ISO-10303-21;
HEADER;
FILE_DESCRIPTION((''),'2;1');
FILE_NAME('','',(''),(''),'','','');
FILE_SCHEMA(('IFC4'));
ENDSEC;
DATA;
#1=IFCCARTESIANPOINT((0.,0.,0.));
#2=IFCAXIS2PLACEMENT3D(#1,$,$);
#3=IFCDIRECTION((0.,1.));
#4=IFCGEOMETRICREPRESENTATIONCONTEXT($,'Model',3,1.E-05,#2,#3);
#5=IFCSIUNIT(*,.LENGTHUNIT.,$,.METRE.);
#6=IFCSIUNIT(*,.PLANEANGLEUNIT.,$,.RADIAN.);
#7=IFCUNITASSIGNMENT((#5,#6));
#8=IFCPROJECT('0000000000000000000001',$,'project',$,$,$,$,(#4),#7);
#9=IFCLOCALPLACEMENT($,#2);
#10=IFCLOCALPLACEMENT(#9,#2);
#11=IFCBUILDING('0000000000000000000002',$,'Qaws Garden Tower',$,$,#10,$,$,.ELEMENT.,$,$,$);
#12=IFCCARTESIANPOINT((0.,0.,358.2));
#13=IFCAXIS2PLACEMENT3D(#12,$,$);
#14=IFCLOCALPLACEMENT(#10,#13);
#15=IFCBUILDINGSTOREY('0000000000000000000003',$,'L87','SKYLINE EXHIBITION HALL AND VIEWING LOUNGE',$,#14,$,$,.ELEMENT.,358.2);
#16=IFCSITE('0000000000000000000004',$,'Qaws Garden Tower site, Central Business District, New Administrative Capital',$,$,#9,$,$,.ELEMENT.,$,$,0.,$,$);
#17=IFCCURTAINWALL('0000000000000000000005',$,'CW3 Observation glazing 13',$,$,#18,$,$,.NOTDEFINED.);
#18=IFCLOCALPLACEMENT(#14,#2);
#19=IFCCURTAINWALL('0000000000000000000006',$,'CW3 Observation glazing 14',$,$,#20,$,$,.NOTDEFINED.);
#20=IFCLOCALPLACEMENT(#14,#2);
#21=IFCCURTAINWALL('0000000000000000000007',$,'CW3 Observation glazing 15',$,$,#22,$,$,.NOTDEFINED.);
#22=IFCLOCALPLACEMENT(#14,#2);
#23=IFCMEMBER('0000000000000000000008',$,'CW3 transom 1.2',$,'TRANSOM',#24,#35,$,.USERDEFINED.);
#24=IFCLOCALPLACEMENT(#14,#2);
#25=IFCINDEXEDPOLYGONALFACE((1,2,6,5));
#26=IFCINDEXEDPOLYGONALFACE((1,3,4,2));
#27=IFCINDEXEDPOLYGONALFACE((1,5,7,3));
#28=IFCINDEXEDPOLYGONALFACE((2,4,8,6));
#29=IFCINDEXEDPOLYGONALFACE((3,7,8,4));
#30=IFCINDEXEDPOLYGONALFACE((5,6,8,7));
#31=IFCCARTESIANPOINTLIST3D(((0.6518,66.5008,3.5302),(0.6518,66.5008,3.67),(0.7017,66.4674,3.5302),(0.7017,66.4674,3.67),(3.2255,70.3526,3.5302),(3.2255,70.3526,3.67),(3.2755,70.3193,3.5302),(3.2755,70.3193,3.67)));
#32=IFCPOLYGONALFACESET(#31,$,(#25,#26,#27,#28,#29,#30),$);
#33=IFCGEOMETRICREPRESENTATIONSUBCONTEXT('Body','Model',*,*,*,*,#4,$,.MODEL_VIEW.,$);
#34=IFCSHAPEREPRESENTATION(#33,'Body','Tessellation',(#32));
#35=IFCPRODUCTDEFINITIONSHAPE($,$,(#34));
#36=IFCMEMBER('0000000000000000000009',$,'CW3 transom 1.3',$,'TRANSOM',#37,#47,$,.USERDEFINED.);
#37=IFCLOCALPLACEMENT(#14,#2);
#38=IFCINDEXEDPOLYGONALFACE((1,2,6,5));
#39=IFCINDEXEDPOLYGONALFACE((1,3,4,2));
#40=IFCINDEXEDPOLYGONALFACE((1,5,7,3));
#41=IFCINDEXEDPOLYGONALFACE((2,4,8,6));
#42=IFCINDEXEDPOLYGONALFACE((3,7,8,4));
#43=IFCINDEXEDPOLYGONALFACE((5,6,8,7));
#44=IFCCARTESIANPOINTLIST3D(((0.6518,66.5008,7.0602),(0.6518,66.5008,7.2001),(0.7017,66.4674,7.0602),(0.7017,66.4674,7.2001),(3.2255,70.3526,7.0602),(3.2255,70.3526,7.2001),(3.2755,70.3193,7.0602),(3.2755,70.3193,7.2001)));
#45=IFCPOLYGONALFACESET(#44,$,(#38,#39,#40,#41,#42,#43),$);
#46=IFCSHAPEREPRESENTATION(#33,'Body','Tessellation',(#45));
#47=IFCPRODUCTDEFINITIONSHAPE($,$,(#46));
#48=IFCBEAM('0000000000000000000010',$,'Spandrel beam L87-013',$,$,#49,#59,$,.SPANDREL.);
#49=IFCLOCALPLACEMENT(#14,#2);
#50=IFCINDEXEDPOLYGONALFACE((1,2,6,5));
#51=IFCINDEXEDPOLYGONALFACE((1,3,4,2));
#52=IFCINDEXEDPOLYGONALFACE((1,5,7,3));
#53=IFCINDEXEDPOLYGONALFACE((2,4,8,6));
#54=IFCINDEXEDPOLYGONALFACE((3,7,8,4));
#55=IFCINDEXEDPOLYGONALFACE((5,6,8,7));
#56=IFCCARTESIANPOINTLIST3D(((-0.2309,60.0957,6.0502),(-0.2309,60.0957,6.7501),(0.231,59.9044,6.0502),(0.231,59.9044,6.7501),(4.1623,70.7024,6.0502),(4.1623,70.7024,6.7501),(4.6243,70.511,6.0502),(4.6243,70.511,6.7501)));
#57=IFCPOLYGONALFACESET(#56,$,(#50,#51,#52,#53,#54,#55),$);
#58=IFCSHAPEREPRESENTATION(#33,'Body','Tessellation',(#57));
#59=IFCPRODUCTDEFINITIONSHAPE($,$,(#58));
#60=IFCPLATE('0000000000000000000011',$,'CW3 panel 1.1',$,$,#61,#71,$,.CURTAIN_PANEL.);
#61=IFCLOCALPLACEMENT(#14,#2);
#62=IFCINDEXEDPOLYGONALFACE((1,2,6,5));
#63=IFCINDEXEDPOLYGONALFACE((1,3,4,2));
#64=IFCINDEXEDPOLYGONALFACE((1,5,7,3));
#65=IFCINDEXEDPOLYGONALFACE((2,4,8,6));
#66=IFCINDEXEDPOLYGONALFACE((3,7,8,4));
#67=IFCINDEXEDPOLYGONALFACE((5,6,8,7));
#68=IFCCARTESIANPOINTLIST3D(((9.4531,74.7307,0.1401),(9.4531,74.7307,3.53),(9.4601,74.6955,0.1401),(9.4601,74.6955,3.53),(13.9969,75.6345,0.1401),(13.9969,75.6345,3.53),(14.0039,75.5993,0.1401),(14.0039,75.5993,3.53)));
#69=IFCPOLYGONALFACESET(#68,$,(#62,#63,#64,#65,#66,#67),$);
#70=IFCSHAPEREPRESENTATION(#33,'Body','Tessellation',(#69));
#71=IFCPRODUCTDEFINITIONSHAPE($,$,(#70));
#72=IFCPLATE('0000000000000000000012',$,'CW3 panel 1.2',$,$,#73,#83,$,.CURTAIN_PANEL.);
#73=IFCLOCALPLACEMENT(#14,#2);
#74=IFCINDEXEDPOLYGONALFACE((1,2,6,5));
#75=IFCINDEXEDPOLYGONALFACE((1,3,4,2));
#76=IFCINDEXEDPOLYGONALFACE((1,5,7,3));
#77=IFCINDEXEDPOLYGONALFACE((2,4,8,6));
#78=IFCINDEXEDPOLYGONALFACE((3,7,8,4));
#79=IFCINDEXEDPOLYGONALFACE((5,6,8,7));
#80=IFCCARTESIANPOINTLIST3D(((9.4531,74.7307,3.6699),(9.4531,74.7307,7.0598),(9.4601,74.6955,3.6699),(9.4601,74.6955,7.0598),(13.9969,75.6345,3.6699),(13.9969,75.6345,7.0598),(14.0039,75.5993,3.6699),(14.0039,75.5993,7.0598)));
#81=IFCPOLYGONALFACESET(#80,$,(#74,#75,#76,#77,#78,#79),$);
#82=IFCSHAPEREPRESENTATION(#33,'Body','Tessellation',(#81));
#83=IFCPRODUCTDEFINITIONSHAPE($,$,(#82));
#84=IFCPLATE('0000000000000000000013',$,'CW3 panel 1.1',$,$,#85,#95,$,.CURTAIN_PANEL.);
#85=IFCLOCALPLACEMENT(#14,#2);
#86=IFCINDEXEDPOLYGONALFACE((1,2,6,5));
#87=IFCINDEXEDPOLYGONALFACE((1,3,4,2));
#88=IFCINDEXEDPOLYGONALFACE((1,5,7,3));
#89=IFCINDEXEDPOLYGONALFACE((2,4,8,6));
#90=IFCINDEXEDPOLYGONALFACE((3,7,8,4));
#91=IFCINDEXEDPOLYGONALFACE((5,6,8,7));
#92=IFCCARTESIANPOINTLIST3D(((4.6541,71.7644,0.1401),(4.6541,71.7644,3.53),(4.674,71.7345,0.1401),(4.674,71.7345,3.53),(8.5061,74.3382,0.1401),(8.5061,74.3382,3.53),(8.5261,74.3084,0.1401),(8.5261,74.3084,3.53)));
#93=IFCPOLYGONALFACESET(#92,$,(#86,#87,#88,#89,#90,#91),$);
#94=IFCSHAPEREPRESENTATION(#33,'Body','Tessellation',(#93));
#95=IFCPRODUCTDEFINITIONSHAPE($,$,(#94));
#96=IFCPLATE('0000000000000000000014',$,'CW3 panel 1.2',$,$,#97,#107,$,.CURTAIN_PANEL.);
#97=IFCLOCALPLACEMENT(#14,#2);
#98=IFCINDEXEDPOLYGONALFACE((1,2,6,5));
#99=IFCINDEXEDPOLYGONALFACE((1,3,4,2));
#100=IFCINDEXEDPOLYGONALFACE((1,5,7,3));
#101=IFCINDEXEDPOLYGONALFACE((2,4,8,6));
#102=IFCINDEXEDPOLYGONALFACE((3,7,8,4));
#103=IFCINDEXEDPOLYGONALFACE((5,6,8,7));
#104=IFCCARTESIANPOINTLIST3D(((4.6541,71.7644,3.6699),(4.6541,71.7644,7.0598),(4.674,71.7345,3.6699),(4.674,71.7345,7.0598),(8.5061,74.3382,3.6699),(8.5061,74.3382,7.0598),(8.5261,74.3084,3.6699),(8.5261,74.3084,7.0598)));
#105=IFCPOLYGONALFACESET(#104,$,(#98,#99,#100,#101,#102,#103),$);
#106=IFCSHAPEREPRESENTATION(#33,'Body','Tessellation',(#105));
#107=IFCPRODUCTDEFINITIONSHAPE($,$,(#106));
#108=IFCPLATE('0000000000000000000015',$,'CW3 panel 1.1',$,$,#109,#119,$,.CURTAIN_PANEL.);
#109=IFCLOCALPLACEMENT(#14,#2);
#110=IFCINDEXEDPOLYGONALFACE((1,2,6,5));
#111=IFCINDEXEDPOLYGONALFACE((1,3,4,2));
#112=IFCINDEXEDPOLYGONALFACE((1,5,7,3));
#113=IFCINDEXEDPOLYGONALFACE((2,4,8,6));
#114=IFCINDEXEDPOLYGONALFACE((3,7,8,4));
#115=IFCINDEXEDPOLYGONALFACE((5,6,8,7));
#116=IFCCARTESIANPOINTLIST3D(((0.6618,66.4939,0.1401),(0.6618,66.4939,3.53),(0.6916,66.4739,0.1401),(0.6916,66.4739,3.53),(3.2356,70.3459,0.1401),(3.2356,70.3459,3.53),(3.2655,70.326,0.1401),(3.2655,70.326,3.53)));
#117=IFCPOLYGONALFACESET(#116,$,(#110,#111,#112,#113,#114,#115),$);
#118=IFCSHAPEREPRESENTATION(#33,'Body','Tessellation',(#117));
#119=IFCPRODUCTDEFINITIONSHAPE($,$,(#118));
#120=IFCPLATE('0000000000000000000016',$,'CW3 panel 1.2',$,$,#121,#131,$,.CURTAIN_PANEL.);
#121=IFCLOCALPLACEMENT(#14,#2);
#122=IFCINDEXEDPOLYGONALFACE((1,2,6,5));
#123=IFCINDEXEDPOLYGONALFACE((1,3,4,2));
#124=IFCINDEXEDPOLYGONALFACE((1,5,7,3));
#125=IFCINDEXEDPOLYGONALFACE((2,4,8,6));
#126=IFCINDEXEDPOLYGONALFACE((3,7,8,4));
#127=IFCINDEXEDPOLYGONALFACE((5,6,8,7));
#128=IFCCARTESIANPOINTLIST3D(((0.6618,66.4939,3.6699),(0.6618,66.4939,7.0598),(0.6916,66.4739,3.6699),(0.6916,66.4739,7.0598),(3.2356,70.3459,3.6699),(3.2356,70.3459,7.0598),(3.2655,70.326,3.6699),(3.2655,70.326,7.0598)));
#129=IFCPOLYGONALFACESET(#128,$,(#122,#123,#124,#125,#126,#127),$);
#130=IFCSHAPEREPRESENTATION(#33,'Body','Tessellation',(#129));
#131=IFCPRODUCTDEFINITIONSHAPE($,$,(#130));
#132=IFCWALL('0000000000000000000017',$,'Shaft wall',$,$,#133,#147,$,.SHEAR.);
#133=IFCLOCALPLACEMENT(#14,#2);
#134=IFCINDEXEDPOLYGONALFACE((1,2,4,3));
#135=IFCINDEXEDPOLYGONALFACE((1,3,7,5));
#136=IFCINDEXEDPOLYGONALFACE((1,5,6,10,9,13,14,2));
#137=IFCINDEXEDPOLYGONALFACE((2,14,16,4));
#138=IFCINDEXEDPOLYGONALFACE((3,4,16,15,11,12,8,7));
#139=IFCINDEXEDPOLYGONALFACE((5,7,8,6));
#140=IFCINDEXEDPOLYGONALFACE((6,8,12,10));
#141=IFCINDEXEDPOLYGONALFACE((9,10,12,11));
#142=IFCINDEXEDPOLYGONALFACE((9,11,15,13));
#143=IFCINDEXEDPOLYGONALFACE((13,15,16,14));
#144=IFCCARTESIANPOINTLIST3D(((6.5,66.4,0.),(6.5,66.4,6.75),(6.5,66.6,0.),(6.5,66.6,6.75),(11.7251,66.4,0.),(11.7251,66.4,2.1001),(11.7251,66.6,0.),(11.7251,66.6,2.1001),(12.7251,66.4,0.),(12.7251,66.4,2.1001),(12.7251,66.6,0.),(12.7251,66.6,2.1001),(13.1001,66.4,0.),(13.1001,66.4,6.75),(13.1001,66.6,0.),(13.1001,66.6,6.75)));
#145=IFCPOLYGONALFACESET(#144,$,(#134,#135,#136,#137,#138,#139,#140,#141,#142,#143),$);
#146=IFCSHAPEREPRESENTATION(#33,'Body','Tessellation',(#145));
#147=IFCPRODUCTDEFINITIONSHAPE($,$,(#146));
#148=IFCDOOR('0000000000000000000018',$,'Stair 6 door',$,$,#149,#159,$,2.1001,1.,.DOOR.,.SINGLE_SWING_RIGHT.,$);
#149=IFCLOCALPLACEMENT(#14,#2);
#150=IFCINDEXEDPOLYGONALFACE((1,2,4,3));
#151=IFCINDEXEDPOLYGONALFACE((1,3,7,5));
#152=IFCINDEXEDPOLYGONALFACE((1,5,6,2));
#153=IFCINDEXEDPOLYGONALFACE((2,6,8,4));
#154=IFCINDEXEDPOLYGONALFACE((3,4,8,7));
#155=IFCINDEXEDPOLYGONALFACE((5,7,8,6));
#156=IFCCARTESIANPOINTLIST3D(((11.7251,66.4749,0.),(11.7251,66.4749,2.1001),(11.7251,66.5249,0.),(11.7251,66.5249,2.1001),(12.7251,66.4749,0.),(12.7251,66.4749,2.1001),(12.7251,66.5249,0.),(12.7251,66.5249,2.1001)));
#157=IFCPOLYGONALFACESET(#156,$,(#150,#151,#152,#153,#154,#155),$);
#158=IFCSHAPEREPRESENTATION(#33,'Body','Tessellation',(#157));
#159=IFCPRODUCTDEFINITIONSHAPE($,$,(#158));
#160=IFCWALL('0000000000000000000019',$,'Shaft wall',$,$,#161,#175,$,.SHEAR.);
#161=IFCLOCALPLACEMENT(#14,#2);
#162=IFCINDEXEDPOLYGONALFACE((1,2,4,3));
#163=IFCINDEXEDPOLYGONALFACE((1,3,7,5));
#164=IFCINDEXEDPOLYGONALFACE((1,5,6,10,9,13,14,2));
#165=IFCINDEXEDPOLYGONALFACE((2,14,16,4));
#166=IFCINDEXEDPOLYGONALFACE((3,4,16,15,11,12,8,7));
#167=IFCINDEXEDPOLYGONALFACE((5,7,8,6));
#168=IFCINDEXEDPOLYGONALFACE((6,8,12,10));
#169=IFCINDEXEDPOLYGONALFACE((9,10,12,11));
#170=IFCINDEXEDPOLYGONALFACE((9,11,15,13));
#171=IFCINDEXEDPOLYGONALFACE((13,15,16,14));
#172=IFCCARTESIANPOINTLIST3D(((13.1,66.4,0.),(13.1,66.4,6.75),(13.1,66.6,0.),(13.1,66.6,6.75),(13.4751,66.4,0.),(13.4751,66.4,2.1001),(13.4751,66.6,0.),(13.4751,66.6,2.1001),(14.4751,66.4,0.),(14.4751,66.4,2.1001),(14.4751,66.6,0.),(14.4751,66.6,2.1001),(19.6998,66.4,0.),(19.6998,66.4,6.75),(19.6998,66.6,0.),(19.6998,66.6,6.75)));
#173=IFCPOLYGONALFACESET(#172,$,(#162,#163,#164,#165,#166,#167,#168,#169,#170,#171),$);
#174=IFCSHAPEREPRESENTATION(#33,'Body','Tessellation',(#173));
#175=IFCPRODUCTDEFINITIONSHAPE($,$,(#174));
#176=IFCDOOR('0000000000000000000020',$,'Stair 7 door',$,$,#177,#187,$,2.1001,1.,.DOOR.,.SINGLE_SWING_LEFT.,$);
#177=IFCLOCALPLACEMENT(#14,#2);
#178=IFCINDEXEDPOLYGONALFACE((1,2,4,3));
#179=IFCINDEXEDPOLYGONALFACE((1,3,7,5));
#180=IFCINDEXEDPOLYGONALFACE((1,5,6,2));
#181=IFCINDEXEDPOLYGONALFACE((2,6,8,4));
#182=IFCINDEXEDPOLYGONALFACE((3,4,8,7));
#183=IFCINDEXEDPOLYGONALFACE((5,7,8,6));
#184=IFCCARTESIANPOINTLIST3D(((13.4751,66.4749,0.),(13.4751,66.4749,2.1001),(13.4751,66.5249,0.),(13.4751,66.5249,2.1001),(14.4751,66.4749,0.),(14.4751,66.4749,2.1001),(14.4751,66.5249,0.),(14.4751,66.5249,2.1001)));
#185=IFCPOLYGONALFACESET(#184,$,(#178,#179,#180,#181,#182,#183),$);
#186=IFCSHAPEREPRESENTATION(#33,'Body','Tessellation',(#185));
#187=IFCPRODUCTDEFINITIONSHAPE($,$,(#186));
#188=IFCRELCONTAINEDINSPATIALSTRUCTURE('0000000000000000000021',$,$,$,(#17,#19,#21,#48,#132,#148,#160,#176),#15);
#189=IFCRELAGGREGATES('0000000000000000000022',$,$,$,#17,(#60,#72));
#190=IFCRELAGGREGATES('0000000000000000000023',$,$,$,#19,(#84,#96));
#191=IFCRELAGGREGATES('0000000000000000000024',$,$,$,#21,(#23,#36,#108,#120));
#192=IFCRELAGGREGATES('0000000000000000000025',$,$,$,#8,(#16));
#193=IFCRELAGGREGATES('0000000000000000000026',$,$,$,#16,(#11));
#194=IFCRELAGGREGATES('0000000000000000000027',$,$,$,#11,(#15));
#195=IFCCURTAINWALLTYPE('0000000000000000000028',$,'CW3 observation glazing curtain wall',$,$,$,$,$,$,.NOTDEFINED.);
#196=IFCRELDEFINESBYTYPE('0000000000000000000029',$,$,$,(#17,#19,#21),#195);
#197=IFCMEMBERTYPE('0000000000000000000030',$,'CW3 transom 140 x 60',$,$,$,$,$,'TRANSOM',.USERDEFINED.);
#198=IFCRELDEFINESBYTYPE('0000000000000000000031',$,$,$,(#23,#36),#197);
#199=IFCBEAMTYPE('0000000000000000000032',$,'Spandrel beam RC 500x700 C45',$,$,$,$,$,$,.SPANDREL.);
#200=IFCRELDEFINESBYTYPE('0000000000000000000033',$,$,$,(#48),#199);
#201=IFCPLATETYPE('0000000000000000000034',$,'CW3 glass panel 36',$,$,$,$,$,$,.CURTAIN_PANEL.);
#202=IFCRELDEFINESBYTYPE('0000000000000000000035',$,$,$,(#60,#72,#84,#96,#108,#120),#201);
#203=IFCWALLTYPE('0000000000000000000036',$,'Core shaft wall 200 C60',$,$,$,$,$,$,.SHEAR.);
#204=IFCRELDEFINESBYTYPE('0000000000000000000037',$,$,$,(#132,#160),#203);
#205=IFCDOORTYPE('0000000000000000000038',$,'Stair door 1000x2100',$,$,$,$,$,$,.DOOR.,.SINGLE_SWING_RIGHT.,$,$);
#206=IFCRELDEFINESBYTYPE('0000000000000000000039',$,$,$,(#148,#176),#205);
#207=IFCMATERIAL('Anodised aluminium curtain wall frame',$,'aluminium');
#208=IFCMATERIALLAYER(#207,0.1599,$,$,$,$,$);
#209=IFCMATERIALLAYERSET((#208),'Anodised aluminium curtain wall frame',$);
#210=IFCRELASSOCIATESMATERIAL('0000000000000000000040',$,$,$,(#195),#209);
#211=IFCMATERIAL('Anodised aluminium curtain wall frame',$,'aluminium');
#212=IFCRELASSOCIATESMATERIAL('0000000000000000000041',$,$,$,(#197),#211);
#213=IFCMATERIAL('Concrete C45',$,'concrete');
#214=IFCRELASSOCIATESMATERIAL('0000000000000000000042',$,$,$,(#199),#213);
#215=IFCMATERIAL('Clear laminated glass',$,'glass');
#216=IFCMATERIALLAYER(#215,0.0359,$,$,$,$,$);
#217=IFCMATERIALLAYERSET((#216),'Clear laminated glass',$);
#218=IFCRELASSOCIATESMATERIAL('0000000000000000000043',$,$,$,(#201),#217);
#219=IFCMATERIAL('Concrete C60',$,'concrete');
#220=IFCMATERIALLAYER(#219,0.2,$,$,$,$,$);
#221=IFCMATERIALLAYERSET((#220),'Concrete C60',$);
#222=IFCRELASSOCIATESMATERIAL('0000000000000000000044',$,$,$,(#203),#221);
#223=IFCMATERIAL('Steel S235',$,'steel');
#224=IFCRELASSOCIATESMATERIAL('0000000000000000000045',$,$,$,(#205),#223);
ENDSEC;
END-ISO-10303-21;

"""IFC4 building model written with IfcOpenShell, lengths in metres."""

from ifc_helpers import new_model, si_unit, direction, frame, frame_2d, origin, origin_2d, place, context, subcontext, project, spatial, rectangle, extrude, material, layer, layer_set, material_profile, profile_set, type_object, element, fill, aggregate, save


model = new_model("IFC4")

# Units and contexts
model_context = context("Model", 3, precision=1e-05, world=origin(), true_north=direction((0.0, 1.0)))
body_context = subcontext(model_context, "Body", "Model", "MODEL_VIEW")
ifc_project = project(units=[si_unit("LENGTHUNIT", "METRE"), si_unit("PLANEANGLEUNIT", "RADIAN")], contexts=[model_context])

# Site, building, storey
site_placement = place(None, origin())
site = spatial("IfcSite", under=ifc_project, at=site_placement, Name="Qaws Garden Tower site, Central Business District, New Administrative Capital", CompositionType="ELEMENT", RefElevation=0.0)
building_placement = place(site_placement, origin())
building = spatial("IfcBuilding", under=site, at=building_placement, Name="Qaws Garden Tower", CompositionType="ELEMENT")
storey_placement = place(building_placement, frame((0.0, 0.0, 358.2)))
storey = spatial("IfcBuildingStorey", under=building, at=storey_placement, Name="L87", Description="SKYLINE EXHIBITION HALL AND VIEWING LOUNGE", CompositionType="ELEMENT", Elevation=358.2)

# Curtain wall
ifc_material_1 = material(Name="Anodised aluminium curtain wall frame", Category="aluminium")
ifc_layer_1 = layer(ifc_material_1, 0.1599)
ifc_layer_set_1 = layer_set([ifc_layer_1], Name="Anodised aluminium curtain wall frame")
curtain_wall_type = type_object("IfcCurtainWallType", Name="CW3 observation glazing curtain wall", PredefinedType="NOTDEFINED", material=ifc_layer_set_1)
placement = place(storey_placement, origin())
curtain_wall_1 = element("IfcCurtainWall", 1, at=placement, inside=storey, type_object=curtain_wall_type, Name="CW3 Observation glazing 13", PredefinedType="NOTDEFINED")

# Curtain wall
curtain_wall_2 = element("IfcCurtainWall", 2, at=placement, inside=storey, type_object=curtain_wall_type, Name="CW3 Observation glazing 14", PredefinedType="NOTDEFINED")

# Curtain wall
curtain_wall_3 = element("IfcCurtainWall", 3, at=placement, inside=storey, type_object=curtain_wall_type, Name="CW3 Observation glazing 15", PredefinedType="NOTDEFINED")

# Members
ifc_material_2 = material(Name="Anodised aluminium curtain wall frame", Category="aluminium")
ifc_material_profile_1 = material_profile(ifc_material_2, rectangle(XDim=0.0601, YDim=0.1399, at=origin_2d()), Name="AL 60x140")
ifc_profile_set_1 = profile_set([ifc_material_profile_1], Name="Anodised aluminium curtain wall frame")
member_type_1 = type_object("IfcMemberType", Name="CW3 transom 140 x 60", ElementType="TRANSOM", PredefinedType="USERDEFINED", material=ifc_profile_set_1)
member_1_placement = place(storey_placement, frame((3.2505, 70.3359, 3.6001), z_axis=(-0.555576, -0.831466, 0.0), x_axis=(0.831466, -0.555576, 0.0)))
member_1 = element("IfcMember", 4, at=member_1_placement, type_object=member_type_1, Name="CW3 transom 1.2", ObjectType="TRANSOM", PredefinedType="USERDEFINED", context=body_context, shape_type="SweptSolid", body=[
    extrude(rectangle(XDim=0.0601, YDim=0.1399, at=origin_2d()), origin(), (0.0, 0.0, 1.0), 4.6326),
])
member_2_placement = place(storey_placement, frame((3.2505, 70.3359, 7.1301), z_axis=(-0.555576, -0.831466, 0.0), x_axis=(0.831466, -0.555576, 0.0)))
member_2 = element("IfcMember", 5, at=member_2_placement, type_object=member_type_1, Name="CW3 transom 1.3", ObjectType="TRANSOM", PredefinedType="USERDEFINED", context=body_context, shape_type="SweptSolid", body=[
    extrude(rectangle(XDim=0.0601, YDim=0.1399, at=origin_2d()), origin(), (0.0, 0.0, 1.0), 4.6326),
])

# Beam
ifc_material_3 = material(Name="Concrete C45", Category="concrete")
ifc_material_profile_2 = material_profile(ifc_material_3, rectangle(XDim=0.5, YDim=0.7, at=origin_2d()), Name="RC 500x700")
ifc_profile_set_2 = profile_set([ifc_material_profile_2], Name="Concrete C45")
beam_type = type_object("IfcBeamType", Name="Spandrel beam RC 500x700 C45", PredefinedType="SPANDREL", material=ifc_profile_set_2)
beam_placement = place(storey_placement, frame((4.3933, 70.6067, 6.4001), z_axis=(-0.382674, -0.923883, 0.0), x_axis=(0.923883, -0.382674, 0.0)))
element("IfcBeam", 6, at=beam_placement, inside=storey, type_object=beam_type, Name="Spandrel beam L87-013", PredefinedType="SPANDREL", context=body_context, shape_type="SweptSolid", body=[
    extrude(rectangle(XDim=0.5, YDim=0.7, at=origin_2d()), origin(), (0.0, 0.0, 1.0), 11.4805),
])

# Plates
ifc_material_4 = material(Name="Clear laminated glass", Category="glass")
ifc_layer_2 = layer(ifc_material_4, 0.0359)
ifc_layer_set_2 = layer_set([ifc_layer_2], Name="Clear laminated glass")
plate_type = type_object("IfcPlateType", Name="CW3 glass panel 36", PredefinedType="CURTAIN_PANEL", material=ifc_layer_set_2)
plate_1_placement = place(storey_placement, frame((11.7285, 75.165, 0.1401), z_axis=(0.0, 0.0, 1.0), x_axis=(-0.980785, -0.19509, 0.0)))
plate_1 = element("IfcPlate", 7, at=plate_1_placement, type_object=plate_type, Name="CW3 panel 1.1", PredefinedType="CURTAIN_PANEL", context=body_context, shape_type="SweptSolid", body=[
    extrude(rectangle(XDim=4.6328, YDim=0.0359, at=origin_2d()), origin(), (0.0, 0.0, 1.0), 3.3899),
])
plate_2_placement = place(storey_placement, frame((11.7285, 75.165, 3.6699), z_axis=(0.0, 0.0, 1.0), x_axis=(-0.980785, -0.19509, 0.0)))
plate_2 = element("IfcPlate", 8, at=plate_2_placement, type_object=plate_type, Name="CW3 panel 1.2", PredefinedType="CURTAIN_PANEL", context=body_context, shape_type="SweptSolid", body=[
    extrude(rectangle(XDim=4.6328, YDim=0.0359, at=origin_2d()), origin(), (0.0, 0.0, 1.0), 3.3899),
])
aggregate(curtain_wall_1, [plate_1, plate_2])
plate_3_placement = place(storey_placement, frame((6.5901, 73.0364, 0.1401), z_axis=(0.0, 0.0, 1.0), x_axis=(-0.83147, -0.55557, 0.0)))
plate_3 = element("IfcPlate", 9, at=plate_3_placement, type_object=plate_type, Name="CW3 panel 1.1", PredefinedType="CURTAIN_PANEL", context=body_context, shape_type="SweptSolid", body=[
    extrude(rectangle(XDim=4.6328, YDim=0.0359, at=origin_2d()), origin(), (0.0, 0.0, 1.0), 3.3899),
])
plate_4_placement = place(storey_placement, frame((6.5901, 73.0364, 3.6699), z_axis=(0.0, 0.0, 1.0), x_axis=(-0.83147, -0.55557, 0.0)))
plate_4 = element("IfcPlate", 10, at=plate_4_placement, type_object=plate_type, Name="CW3 panel 1.2", PredefinedType="CURTAIN_PANEL", context=body_context, shape_type="SweptSolid", body=[
    extrude(rectangle(XDim=4.6328, YDim=0.0359, at=origin_2d()), origin(), (0.0, 0.0, 1.0), 3.3899),
])
aggregate(curtain_wall_2, [plate_3, plate_4])
plate_5_placement = place(storey_placement, frame((1.9636, 68.4099, 0.1401), z_axis=(0.0, 0.0, 1.0), x_axis=(-0.55557, -0.83147, 0.0)))
plate_5 = element("IfcPlate", 11, at=plate_5_placement, type_object=plate_type, Name="CW3 panel 1.1", PredefinedType="CURTAIN_PANEL", context=body_context, shape_type="SweptSolid", body=[
    extrude(rectangle(XDim=4.6328, YDim=0.0359, at=origin_2d()), origin(), (0.0, 0.0, 1.0), 3.3899),
])
plate_6_placement = place(storey_placement, frame((1.9636, 68.4099, 3.6699), z_axis=(0.0, 0.0, 1.0), x_axis=(-0.55557, -0.83147, 0.0)))
plate_6 = element("IfcPlate", 12, at=plate_6_placement, type_object=plate_type, Name="CW3 panel 1.2", PredefinedType="CURTAIN_PANEL", context=body_context, shape_type="SweptSolid", body=[
    extrude(rectangle(XDim=4.6328, YDim=0.0359, at=origin_2d()), origin(), (0.0, 0.0, 1.0), 3.3899),
])
aggregate(curtain_wall_3, [member_1, member_2, plate_5, plate_6])

# Walls, openings, doors
ifc_material_5 = material(Name="Concrete C60", Category="concrete")
ifc_layer_3 = layer(ifc_material_5, 0.2)
ifc_layer_set_3 = layer_set([ifc_layer_3], Name="Concrete C60")
wall_type = type_object("IfcWallType", Name="Core shaft wall 200 C60", PredefinedType="SHEAR", material=ifc_layer_set_3)
wall_1_placement = place(storey_placement, frame((6.5, 66.5, 0.0), z_axis=(0.0, 0.0, 1.0), x_axis=(1.0, 0.0, 0.0)))
wall_1 = element("IfcWall", 13, at=wall_1_placement, inside=storey, type_object=wall_type, Name="Shaft wall", PredefinedType="SHEAR", context=body_context, shape_type="SweptSolid", body=[
    extrude(rectangle(XDim=6.6001, YDim=0.2, at=frame_2d((3.3, 0.0))), origin(), (0.0, 0.0, 1.0), 6.75),
])
opening_1_placement = place(wall_1_placement, frame((5.2251, 0.0, 0.0)))
opening_1 = element("IfcOpeningElement", 14, at=opening_1_placement, cuts=wall_1, PredefinedType="OPENING", context=body_context, shape_type="SweptSolid", body=[
    extrude(rectangle(XDim=1.0, YDim=2.1001, at=frame_2d((0.5, 1.05))), frame((0.0, 0.1099, 0.0), z_axis=(0.0, -1.0, 0.0), x_axis=(1.0, 0.0, 0.0)), (0.0, 0.0, 1.0), 0.22),
])
ifc_material_6 = material(Name="Steel S235", Category="steel")
door_type = type_object("IfcDoorType", Name="Stair door 1000x2100", OperationType="SINGLE_SWING_RIGHT", PredefinedType="DOOR", material=ifc_material_6)
door_1_placement = place(opening_1_placement, origin())
door_1 = element("IfcDoor", 15, at=door_1_placement, inside=storey, type_object=door_type, Name="Stair 6 door", OperationType="SINGLE_SWING_RIGHT", OverallHeight=2.1001, OverallWidth=1.0, PredefinedType="DOOR", context=body_context, shape_type="SweptSolid", body=[
    extrude(rectangle(XDim=1.0, YDim=2.1001, at=frame_2d((0.5, 1.05))), frame((0.0, 0.0249, 0.0), z_axis=(0.0, -1.0, 0.0), x_axis=(1.0, 0.0, 0.0)), (0.0, 0.0, 1.0), 0.05),
])
fill(opening_1, door_1)
wall_2_placement = place(storey_placement, frame((13.1001, 66.5, 0.0), z_axis=(0.0, 0.0, 1.0), x_axis=(1.0, 0.0, 0.0)))
wall_2 = element("IfcWall", 16, at=wall_2_placement, inside=storey, type_object=wall_type, Name="Shaft wall", PredefinedType="SHEAR", context=body_context, shape_type="SweptSolid", body=[
    extrude(rectangle(XDim=6.5999, YDim=0.2, at=frame_2d((3.2998, 0.0))), origin(), (0.0, 0.0, 1.0), 6.75),
])
opening_2_placement = place(wall_2_placement, frame((0.375, 0.0, 0.0)))
opening_2 = element("IfcOpeningElement", 17, at=opening_2_placement, cuts=wall_2, PredefinedType="OPENING", context=body_context, shape_type="SweptSolid", body=[
    extrude(rectangle(XDim=1.0, YDim=2.1001, at=frame_2d((0.5, 1.05))), frame((0.0, 0.1099, 0.0), z_axis=(0.0, -1.0, 0.0), x_axis=(1.0, 0.0, 0.0)), (0.0, 0.0, 1.0), 0.22),
])
door_2_placement = place(opening_2_placement, origin())
door_2 = element("IfcDoor", 18, at=door_2_placement, inside=storey, type_object=door_type, Name="Stair 7 door", OperationType="SINGLE_SWING_LEFT", OverallHeight=2.1001, OverallWidth=1.0, PredefinedType="DOOR", context=body_context, shape_type="SweptSolid", body=[
    extrude(rectangle(XDim=1.0, YDim=2.1001, at=frame_2d((0.5, 1.05))), frame((0.0, 0.0249, 0.0), z_axis=(0.0, -1.0, 0.0), x_axis=(1.0, 0.0, 0.0)), (0.0, 0.0, 1.0), 0.05),
])
fill(opening_2, door_2)

save(model, "model.ifc")
